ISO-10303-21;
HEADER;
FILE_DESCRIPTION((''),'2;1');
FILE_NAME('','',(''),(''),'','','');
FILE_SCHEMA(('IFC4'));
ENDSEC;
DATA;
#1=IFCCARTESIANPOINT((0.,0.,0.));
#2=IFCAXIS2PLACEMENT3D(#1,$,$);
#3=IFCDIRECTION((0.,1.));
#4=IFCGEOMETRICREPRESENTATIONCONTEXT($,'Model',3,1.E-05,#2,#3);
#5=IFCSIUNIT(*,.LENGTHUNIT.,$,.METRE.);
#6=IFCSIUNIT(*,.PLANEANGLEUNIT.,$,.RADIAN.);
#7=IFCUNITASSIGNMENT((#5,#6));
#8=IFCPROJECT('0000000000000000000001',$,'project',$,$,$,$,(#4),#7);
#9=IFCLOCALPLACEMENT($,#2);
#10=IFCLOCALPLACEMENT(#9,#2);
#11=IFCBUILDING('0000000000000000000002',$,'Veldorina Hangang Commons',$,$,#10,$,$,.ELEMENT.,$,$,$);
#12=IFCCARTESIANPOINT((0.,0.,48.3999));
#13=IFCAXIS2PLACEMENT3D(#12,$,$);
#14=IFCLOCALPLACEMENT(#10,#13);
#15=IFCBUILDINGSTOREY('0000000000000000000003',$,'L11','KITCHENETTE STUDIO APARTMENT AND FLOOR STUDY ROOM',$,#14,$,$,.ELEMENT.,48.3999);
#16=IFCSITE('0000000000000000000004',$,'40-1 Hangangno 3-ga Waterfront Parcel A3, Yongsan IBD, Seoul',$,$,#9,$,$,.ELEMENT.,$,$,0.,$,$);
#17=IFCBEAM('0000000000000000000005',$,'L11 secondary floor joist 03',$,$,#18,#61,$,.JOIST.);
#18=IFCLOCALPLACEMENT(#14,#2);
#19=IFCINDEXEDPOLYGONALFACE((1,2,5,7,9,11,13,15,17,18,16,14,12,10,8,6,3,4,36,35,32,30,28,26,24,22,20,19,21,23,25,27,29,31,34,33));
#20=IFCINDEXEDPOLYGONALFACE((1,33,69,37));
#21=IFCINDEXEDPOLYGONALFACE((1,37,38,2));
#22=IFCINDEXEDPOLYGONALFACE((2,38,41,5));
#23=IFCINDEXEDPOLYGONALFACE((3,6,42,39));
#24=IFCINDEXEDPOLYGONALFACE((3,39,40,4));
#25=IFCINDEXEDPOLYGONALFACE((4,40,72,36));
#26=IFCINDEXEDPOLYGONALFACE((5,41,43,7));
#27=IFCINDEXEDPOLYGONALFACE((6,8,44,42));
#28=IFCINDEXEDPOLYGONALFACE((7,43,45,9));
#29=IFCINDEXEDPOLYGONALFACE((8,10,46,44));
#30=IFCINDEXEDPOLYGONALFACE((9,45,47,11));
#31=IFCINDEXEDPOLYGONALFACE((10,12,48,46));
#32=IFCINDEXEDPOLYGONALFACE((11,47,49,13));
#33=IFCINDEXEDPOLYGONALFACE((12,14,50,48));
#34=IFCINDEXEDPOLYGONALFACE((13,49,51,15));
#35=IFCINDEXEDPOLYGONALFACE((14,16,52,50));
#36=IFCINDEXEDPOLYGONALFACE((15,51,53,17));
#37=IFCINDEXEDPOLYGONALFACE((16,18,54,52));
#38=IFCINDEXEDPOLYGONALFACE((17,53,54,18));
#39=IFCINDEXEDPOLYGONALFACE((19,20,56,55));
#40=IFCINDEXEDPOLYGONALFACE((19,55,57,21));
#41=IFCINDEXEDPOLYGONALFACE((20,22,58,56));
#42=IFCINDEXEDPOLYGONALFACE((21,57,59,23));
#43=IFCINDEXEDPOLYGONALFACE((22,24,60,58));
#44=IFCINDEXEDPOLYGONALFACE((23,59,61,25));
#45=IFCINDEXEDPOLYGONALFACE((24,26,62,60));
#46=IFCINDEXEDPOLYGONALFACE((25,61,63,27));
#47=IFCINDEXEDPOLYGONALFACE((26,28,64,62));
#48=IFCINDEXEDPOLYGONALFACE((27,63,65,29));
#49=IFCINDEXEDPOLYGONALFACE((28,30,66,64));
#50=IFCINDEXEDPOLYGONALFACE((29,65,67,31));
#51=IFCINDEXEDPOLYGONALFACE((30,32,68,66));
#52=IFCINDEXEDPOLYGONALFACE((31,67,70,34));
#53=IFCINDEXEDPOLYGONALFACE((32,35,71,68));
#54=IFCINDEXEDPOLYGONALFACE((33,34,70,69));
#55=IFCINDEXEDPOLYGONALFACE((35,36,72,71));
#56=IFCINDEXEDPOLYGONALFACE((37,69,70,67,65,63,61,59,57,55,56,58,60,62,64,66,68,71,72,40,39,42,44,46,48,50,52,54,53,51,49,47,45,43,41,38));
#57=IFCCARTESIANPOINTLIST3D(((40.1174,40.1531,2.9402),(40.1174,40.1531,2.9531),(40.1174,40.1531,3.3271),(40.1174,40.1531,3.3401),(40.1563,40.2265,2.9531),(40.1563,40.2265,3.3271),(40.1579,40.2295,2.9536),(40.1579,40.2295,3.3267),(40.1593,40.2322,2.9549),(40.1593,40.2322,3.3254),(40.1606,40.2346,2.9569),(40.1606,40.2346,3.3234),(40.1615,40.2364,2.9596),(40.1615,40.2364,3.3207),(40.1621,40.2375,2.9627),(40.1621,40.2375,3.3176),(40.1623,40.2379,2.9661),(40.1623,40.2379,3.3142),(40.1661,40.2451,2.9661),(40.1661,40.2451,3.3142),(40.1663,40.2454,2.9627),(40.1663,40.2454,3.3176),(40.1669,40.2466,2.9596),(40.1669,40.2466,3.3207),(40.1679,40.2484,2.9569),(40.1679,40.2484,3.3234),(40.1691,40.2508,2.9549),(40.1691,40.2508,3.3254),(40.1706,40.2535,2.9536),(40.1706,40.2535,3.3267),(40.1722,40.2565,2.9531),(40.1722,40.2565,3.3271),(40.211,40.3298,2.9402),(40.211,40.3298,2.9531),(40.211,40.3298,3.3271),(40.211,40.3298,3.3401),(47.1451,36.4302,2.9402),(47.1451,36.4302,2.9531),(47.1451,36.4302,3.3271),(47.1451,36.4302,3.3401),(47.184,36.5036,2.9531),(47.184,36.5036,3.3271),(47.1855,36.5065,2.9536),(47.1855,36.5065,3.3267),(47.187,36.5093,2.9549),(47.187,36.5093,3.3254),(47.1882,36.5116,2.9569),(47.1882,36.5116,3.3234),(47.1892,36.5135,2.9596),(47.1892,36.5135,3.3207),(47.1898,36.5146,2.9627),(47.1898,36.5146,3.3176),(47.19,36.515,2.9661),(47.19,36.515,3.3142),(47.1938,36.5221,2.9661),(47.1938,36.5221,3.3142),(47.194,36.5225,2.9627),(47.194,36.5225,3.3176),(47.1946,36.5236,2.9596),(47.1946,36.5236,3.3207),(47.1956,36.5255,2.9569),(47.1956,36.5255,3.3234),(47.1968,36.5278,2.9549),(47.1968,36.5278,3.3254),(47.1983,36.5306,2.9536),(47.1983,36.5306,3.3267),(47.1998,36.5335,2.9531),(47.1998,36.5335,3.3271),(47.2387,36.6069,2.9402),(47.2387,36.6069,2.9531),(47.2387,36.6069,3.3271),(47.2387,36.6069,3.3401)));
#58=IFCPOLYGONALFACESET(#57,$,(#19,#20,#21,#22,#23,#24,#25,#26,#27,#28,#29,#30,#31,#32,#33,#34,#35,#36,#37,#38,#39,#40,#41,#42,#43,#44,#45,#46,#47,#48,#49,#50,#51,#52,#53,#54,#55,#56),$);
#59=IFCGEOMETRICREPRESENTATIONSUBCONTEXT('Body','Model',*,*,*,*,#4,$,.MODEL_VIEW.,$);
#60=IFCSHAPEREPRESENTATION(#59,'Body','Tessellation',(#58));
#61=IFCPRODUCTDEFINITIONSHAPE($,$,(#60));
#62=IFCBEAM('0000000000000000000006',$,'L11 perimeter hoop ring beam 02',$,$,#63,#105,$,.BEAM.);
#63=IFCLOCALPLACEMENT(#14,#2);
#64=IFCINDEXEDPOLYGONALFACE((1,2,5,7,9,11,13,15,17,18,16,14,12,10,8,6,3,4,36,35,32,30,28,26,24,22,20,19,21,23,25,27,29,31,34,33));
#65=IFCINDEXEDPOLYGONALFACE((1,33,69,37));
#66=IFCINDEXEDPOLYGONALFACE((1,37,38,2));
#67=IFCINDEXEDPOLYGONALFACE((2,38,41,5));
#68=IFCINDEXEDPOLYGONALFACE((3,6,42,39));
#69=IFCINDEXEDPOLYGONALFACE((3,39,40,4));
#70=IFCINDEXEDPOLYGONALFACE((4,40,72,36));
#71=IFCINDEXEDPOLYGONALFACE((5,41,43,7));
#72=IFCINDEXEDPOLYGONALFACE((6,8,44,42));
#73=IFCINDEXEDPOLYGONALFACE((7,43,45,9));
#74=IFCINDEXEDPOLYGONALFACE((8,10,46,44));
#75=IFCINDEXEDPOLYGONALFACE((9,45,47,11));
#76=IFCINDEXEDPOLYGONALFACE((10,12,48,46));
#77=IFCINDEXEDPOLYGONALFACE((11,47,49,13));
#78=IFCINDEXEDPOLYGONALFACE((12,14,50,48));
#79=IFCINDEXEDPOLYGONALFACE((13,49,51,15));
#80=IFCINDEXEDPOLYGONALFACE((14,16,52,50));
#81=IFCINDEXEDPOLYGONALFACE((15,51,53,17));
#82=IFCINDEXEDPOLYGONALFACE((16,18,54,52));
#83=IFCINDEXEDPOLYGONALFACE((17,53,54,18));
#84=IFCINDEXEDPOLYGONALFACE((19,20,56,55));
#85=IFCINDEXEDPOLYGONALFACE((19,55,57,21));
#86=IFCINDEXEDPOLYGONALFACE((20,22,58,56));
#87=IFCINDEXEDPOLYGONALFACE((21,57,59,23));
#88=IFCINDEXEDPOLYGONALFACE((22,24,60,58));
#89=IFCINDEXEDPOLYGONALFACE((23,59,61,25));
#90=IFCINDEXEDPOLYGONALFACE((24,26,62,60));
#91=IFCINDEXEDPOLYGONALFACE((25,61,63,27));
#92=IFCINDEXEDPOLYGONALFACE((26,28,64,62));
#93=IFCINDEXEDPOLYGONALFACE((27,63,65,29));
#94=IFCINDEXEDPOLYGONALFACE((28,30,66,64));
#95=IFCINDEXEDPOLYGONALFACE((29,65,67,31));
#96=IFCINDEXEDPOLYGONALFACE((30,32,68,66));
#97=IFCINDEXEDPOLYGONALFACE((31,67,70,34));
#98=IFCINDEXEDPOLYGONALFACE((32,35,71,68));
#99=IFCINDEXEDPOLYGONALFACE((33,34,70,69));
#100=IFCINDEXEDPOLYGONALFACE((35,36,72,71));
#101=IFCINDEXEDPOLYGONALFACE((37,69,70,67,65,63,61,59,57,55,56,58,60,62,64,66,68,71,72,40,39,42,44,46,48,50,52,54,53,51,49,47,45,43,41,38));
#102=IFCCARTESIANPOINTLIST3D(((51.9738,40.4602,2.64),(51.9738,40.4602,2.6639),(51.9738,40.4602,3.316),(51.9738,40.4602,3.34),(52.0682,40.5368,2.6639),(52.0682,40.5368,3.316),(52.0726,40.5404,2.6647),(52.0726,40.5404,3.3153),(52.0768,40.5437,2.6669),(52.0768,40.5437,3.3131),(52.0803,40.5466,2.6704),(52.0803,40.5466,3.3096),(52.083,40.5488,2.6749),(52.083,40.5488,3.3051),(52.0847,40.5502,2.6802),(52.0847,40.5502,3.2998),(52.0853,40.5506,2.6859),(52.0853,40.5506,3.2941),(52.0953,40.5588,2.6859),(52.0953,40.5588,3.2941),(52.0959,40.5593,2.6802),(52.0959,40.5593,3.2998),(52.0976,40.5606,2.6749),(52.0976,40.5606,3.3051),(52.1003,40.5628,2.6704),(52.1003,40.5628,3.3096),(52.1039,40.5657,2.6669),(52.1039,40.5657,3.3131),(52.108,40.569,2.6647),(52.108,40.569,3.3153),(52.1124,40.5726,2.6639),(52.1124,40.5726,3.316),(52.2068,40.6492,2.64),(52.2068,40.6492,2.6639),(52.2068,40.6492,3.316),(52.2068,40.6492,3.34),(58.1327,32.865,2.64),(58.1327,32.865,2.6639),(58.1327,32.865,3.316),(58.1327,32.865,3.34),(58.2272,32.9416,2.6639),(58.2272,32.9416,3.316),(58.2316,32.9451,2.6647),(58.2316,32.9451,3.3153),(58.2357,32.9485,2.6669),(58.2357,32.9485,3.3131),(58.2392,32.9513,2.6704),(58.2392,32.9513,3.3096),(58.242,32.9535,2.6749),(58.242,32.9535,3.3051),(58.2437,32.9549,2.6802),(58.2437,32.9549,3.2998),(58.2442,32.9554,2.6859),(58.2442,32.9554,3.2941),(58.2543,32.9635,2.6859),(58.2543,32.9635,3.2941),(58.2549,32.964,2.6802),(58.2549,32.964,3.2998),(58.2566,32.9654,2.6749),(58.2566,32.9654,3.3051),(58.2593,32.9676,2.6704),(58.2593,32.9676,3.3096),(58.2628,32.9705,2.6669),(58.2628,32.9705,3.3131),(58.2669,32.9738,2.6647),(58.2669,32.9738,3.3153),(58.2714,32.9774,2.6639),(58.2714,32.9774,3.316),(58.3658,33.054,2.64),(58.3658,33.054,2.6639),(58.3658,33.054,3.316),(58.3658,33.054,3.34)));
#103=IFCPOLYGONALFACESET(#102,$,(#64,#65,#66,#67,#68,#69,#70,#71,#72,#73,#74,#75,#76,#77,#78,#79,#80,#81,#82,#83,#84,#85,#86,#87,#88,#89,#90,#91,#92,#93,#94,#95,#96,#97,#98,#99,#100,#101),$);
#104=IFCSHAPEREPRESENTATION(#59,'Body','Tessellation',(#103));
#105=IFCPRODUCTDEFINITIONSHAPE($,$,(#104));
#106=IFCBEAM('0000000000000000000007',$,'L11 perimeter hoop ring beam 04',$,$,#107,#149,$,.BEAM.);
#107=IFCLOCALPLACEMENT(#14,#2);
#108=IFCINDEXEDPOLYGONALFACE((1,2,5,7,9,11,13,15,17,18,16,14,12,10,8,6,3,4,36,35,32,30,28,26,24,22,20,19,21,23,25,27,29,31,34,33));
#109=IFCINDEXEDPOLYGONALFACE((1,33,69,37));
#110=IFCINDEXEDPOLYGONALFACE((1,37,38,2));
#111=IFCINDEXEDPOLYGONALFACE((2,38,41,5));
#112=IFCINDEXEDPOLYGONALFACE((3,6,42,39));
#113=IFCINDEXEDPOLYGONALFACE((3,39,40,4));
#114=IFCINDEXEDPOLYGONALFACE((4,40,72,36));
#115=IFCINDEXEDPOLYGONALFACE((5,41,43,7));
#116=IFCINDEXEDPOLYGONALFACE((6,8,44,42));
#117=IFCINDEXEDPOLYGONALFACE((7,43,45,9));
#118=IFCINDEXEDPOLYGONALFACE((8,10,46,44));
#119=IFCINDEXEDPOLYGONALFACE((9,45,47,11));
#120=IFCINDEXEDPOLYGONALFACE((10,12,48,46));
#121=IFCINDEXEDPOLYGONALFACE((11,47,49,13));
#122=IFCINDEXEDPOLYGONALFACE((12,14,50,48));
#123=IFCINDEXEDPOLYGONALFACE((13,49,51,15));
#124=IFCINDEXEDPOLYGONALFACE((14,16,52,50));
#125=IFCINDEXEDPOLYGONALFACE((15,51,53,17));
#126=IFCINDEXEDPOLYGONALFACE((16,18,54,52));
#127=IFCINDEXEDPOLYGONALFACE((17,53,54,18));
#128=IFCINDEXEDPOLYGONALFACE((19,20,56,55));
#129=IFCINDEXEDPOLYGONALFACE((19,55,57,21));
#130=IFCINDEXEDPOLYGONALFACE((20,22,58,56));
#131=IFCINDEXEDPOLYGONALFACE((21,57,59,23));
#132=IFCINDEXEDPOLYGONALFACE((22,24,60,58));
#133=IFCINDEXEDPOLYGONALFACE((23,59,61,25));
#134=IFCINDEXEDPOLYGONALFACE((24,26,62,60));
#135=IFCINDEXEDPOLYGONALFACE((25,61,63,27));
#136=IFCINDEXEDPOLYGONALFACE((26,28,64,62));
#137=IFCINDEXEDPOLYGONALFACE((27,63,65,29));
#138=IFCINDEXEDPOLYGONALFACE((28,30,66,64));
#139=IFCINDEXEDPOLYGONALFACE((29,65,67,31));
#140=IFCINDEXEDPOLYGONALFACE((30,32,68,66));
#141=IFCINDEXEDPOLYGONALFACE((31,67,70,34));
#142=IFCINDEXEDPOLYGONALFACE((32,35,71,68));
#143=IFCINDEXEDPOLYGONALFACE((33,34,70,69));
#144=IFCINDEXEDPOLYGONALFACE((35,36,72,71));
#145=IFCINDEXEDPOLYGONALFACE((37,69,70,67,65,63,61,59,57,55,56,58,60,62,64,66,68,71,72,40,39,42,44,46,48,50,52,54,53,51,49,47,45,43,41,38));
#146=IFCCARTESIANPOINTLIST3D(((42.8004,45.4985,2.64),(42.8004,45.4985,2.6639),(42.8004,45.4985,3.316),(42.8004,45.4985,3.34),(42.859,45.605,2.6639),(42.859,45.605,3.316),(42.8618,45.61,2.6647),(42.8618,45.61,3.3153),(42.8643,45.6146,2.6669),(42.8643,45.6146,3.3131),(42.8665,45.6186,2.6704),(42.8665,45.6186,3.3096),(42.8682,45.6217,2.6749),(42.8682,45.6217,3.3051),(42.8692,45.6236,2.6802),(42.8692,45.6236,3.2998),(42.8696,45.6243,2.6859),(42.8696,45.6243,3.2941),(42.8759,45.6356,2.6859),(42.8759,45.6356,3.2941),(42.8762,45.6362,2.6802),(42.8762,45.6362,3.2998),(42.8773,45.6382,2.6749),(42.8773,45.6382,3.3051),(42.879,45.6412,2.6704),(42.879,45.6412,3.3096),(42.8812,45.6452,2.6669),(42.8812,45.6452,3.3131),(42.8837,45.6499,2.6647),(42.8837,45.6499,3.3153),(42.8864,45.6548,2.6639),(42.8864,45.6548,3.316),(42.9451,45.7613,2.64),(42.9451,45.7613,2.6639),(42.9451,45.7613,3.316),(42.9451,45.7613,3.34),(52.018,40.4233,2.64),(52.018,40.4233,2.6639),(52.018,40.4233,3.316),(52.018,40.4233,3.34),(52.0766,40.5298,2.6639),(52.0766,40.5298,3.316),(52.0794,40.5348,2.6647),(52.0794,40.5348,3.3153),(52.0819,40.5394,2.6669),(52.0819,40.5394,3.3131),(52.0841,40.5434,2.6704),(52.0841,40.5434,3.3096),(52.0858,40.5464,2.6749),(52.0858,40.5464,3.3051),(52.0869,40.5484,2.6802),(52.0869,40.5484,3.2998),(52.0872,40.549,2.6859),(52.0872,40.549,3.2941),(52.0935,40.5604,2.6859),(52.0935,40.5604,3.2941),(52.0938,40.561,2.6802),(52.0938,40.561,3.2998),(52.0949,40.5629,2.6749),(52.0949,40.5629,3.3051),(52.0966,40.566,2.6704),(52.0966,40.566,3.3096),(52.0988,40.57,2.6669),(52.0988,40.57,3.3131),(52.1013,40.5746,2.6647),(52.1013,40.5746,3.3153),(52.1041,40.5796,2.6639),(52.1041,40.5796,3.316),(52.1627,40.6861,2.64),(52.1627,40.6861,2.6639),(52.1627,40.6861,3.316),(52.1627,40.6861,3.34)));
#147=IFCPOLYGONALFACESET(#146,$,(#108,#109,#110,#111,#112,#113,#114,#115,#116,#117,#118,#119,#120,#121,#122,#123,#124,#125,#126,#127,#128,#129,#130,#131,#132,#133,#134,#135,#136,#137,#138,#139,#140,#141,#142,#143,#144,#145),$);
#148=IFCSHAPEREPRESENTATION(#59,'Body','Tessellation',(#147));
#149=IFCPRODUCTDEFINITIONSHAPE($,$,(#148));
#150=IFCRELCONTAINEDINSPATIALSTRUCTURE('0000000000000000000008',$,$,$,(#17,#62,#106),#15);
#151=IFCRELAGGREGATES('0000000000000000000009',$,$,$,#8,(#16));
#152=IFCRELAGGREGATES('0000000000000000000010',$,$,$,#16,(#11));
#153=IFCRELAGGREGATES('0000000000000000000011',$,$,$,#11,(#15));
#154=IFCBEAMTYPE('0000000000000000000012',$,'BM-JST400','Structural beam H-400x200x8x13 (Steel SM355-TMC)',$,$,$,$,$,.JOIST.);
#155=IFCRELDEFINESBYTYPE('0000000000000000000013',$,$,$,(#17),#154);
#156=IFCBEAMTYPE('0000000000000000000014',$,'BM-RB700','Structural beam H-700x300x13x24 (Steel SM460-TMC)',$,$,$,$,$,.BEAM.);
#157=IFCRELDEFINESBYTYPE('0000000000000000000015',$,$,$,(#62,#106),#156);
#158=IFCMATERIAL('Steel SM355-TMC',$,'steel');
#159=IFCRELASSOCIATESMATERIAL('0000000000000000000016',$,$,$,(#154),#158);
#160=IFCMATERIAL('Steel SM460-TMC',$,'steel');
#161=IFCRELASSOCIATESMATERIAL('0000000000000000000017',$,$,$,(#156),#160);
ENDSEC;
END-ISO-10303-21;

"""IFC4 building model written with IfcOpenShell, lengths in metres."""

from ifc_helpers import new_model, si_unit, direction, frame, origin, origin_2d, place, context, subcontext, project, spatial, i_section, extrude, material, material_profile, profile_set, type_object, element, save


model = new_model("IFC4")

# Units and contexts
model_context = context("Model", 3, precision=1e-05, world=origin(), true_north=direction((0.0, 1.0)))
body_context = subcontext(model_context, "Body", "Model", "MODEL_VIEW")
ifc_project = project(units=[si_unit("LENGTHUNIT", "METRE"), si_unit("PLANEANGLEUNIT", "RADIAN")], contexts=[model_context])

# Site, building, storey
site_placement = place(None, origin())
site = spatial("IfcSite", under=ifc_project, at=site_placement, Name="40-1 Hangangno 3-ga Waterfront Parcel A3, Yongsan IBD, Seoul", CompositionType="ELEMENT", RefElevation=0.0)
building_placement = place(site_placement, origin())
building = spatial("IfcBuilding", under=site, at=building_placement, Name="Veldorina Hangang Commons", CompositionType="ELEMENT")
storey_placement = place(building_placement, frame((0.0, 0.0, 48.3999)))
storey = spatial("IfcBuildingStorey", under=building, at=storey_placement, Name="L11", Description="KITCHENETTE STUDIO APARTMENT AND FLOOR STUDY ROOM", CompositionType="ELEMENT", Elevation=48.3999)

# Beams
ifc_material_1 = material(Name="Steel SM355-TMC", Category="steel")
ifc_material_profile_1 = material_profile(ifc_material_1, i_section(OverallWidth=0.2, OverallDepth=0.3999, WebThickness=0.0081, FlangeThickness=0.0129, FilletRadius=0.0129, at=origin_2d()), Name="H-400x200x8x13")
ifc_profile_set_1 = profile_set([ifc_material_profile_1], Name="Steel SM355-TMC")
beam_type_1 = type_object("IfcBeamType", Name="BM-JST400", Description="Structural beam H-400x200x8x13 (Steel SM355-TMC)", PredefinedType="JOIST", material=ifc_profile_set_1)
beam_1_placement = place(storey_placement, frame((47.1919, 36.5186, 3.1401), z_axis=(-0.883662, 0.468125, 0.0), x_axis=(-0.468125, -0.883662, 0.0)))
element("IfcBeam", 1, at=beam_1_placement, inside=storey, type_object=beam_type_1, Name="L11 secondary floor joist 03", PredefinedType="JOIST", context=body_context, shape_type="SweptSolid", body=[
    extrude(i_section(OverallWidth=0.2, OverallDepth=0.3999, WebThickness=0.0081, FlangeThickness=0.0129, FilletRadius=0.0129, at=origin_2d()), origin(), (0.0, 0.0, 1.0), 7.9529),
])
ifc_material_2 = material(Name="Steel SM460-TMC", Category="steel")
ifc_material_profile_2 = material_profile(ifc_material_2, i_section(OverallWidth=0.3, OverallDepth=0.7, WebThickness=0.0129, FlangeThickness=0.0239, FilletRadius=0.022, at=origin_2d()), Name="H-700x300x13x24")
ifc_profile_set_2 = profile_set([ifc_material_profile_2], Name="Steel SM460-TMC")
beam_type_2 = type_object("IfcBeamType", Name="BM-RB700", Description="Structural beam H-700x300x13x24 (Steel SM460-TMC)", PredefinedType="BEAM", material=ifc_profile_set_2)
beam_2_placement = place(storey_placement, frame((58.2493, 32.9595, 2.99), z_axis=(-0.629842, 0.776723, 0.0), x_axis=(-0.776723, -0.629842, 0.0)))
element("IfcBeam", 2, at=beam_2_placement, inside=storey, type_object=beam_type_2, Name="L11 perimeter hoop ring beam 02", PredefinedType="BEAM", context=body_context, shape_type="SweptSolid", body=[
    extrude(i_section(OverallWidth=0.3, OverallDepth=0.7, WebThickness=0.0129, FlangeThickness=0.0239, FilletRadius=0.022, at=origin_2d()), origin(), (0.0, 0.0, 1.0), 9.7786),
])
beam_3_placement = place(storey_placement, frame((52.0903, 40.5547, 2.99), z_axis=(-0.875993, 0.482324, 0.0), x_axis=(-0.482324, -0.875993, 0.0)))
element("IfcBeam", 3, at=beam_3_placement, inside=storey, type_object=beam_type_2, Name="L11 perimeter hoop ring beam 04", PredefinedType="BEAM", context=body_context, shape_type="SweptSolid", body=[
    extrude(i_section(OverallWidth=0.3, OverallDepth=0.7, WebThickness=0.0129, FlangeThickness=0.0239, FilletRadius=0.022, at=origin_2d()), origin(), (0.0, 0.0, 1.0), 10.5225),
])

save(model, "model.ifc")
